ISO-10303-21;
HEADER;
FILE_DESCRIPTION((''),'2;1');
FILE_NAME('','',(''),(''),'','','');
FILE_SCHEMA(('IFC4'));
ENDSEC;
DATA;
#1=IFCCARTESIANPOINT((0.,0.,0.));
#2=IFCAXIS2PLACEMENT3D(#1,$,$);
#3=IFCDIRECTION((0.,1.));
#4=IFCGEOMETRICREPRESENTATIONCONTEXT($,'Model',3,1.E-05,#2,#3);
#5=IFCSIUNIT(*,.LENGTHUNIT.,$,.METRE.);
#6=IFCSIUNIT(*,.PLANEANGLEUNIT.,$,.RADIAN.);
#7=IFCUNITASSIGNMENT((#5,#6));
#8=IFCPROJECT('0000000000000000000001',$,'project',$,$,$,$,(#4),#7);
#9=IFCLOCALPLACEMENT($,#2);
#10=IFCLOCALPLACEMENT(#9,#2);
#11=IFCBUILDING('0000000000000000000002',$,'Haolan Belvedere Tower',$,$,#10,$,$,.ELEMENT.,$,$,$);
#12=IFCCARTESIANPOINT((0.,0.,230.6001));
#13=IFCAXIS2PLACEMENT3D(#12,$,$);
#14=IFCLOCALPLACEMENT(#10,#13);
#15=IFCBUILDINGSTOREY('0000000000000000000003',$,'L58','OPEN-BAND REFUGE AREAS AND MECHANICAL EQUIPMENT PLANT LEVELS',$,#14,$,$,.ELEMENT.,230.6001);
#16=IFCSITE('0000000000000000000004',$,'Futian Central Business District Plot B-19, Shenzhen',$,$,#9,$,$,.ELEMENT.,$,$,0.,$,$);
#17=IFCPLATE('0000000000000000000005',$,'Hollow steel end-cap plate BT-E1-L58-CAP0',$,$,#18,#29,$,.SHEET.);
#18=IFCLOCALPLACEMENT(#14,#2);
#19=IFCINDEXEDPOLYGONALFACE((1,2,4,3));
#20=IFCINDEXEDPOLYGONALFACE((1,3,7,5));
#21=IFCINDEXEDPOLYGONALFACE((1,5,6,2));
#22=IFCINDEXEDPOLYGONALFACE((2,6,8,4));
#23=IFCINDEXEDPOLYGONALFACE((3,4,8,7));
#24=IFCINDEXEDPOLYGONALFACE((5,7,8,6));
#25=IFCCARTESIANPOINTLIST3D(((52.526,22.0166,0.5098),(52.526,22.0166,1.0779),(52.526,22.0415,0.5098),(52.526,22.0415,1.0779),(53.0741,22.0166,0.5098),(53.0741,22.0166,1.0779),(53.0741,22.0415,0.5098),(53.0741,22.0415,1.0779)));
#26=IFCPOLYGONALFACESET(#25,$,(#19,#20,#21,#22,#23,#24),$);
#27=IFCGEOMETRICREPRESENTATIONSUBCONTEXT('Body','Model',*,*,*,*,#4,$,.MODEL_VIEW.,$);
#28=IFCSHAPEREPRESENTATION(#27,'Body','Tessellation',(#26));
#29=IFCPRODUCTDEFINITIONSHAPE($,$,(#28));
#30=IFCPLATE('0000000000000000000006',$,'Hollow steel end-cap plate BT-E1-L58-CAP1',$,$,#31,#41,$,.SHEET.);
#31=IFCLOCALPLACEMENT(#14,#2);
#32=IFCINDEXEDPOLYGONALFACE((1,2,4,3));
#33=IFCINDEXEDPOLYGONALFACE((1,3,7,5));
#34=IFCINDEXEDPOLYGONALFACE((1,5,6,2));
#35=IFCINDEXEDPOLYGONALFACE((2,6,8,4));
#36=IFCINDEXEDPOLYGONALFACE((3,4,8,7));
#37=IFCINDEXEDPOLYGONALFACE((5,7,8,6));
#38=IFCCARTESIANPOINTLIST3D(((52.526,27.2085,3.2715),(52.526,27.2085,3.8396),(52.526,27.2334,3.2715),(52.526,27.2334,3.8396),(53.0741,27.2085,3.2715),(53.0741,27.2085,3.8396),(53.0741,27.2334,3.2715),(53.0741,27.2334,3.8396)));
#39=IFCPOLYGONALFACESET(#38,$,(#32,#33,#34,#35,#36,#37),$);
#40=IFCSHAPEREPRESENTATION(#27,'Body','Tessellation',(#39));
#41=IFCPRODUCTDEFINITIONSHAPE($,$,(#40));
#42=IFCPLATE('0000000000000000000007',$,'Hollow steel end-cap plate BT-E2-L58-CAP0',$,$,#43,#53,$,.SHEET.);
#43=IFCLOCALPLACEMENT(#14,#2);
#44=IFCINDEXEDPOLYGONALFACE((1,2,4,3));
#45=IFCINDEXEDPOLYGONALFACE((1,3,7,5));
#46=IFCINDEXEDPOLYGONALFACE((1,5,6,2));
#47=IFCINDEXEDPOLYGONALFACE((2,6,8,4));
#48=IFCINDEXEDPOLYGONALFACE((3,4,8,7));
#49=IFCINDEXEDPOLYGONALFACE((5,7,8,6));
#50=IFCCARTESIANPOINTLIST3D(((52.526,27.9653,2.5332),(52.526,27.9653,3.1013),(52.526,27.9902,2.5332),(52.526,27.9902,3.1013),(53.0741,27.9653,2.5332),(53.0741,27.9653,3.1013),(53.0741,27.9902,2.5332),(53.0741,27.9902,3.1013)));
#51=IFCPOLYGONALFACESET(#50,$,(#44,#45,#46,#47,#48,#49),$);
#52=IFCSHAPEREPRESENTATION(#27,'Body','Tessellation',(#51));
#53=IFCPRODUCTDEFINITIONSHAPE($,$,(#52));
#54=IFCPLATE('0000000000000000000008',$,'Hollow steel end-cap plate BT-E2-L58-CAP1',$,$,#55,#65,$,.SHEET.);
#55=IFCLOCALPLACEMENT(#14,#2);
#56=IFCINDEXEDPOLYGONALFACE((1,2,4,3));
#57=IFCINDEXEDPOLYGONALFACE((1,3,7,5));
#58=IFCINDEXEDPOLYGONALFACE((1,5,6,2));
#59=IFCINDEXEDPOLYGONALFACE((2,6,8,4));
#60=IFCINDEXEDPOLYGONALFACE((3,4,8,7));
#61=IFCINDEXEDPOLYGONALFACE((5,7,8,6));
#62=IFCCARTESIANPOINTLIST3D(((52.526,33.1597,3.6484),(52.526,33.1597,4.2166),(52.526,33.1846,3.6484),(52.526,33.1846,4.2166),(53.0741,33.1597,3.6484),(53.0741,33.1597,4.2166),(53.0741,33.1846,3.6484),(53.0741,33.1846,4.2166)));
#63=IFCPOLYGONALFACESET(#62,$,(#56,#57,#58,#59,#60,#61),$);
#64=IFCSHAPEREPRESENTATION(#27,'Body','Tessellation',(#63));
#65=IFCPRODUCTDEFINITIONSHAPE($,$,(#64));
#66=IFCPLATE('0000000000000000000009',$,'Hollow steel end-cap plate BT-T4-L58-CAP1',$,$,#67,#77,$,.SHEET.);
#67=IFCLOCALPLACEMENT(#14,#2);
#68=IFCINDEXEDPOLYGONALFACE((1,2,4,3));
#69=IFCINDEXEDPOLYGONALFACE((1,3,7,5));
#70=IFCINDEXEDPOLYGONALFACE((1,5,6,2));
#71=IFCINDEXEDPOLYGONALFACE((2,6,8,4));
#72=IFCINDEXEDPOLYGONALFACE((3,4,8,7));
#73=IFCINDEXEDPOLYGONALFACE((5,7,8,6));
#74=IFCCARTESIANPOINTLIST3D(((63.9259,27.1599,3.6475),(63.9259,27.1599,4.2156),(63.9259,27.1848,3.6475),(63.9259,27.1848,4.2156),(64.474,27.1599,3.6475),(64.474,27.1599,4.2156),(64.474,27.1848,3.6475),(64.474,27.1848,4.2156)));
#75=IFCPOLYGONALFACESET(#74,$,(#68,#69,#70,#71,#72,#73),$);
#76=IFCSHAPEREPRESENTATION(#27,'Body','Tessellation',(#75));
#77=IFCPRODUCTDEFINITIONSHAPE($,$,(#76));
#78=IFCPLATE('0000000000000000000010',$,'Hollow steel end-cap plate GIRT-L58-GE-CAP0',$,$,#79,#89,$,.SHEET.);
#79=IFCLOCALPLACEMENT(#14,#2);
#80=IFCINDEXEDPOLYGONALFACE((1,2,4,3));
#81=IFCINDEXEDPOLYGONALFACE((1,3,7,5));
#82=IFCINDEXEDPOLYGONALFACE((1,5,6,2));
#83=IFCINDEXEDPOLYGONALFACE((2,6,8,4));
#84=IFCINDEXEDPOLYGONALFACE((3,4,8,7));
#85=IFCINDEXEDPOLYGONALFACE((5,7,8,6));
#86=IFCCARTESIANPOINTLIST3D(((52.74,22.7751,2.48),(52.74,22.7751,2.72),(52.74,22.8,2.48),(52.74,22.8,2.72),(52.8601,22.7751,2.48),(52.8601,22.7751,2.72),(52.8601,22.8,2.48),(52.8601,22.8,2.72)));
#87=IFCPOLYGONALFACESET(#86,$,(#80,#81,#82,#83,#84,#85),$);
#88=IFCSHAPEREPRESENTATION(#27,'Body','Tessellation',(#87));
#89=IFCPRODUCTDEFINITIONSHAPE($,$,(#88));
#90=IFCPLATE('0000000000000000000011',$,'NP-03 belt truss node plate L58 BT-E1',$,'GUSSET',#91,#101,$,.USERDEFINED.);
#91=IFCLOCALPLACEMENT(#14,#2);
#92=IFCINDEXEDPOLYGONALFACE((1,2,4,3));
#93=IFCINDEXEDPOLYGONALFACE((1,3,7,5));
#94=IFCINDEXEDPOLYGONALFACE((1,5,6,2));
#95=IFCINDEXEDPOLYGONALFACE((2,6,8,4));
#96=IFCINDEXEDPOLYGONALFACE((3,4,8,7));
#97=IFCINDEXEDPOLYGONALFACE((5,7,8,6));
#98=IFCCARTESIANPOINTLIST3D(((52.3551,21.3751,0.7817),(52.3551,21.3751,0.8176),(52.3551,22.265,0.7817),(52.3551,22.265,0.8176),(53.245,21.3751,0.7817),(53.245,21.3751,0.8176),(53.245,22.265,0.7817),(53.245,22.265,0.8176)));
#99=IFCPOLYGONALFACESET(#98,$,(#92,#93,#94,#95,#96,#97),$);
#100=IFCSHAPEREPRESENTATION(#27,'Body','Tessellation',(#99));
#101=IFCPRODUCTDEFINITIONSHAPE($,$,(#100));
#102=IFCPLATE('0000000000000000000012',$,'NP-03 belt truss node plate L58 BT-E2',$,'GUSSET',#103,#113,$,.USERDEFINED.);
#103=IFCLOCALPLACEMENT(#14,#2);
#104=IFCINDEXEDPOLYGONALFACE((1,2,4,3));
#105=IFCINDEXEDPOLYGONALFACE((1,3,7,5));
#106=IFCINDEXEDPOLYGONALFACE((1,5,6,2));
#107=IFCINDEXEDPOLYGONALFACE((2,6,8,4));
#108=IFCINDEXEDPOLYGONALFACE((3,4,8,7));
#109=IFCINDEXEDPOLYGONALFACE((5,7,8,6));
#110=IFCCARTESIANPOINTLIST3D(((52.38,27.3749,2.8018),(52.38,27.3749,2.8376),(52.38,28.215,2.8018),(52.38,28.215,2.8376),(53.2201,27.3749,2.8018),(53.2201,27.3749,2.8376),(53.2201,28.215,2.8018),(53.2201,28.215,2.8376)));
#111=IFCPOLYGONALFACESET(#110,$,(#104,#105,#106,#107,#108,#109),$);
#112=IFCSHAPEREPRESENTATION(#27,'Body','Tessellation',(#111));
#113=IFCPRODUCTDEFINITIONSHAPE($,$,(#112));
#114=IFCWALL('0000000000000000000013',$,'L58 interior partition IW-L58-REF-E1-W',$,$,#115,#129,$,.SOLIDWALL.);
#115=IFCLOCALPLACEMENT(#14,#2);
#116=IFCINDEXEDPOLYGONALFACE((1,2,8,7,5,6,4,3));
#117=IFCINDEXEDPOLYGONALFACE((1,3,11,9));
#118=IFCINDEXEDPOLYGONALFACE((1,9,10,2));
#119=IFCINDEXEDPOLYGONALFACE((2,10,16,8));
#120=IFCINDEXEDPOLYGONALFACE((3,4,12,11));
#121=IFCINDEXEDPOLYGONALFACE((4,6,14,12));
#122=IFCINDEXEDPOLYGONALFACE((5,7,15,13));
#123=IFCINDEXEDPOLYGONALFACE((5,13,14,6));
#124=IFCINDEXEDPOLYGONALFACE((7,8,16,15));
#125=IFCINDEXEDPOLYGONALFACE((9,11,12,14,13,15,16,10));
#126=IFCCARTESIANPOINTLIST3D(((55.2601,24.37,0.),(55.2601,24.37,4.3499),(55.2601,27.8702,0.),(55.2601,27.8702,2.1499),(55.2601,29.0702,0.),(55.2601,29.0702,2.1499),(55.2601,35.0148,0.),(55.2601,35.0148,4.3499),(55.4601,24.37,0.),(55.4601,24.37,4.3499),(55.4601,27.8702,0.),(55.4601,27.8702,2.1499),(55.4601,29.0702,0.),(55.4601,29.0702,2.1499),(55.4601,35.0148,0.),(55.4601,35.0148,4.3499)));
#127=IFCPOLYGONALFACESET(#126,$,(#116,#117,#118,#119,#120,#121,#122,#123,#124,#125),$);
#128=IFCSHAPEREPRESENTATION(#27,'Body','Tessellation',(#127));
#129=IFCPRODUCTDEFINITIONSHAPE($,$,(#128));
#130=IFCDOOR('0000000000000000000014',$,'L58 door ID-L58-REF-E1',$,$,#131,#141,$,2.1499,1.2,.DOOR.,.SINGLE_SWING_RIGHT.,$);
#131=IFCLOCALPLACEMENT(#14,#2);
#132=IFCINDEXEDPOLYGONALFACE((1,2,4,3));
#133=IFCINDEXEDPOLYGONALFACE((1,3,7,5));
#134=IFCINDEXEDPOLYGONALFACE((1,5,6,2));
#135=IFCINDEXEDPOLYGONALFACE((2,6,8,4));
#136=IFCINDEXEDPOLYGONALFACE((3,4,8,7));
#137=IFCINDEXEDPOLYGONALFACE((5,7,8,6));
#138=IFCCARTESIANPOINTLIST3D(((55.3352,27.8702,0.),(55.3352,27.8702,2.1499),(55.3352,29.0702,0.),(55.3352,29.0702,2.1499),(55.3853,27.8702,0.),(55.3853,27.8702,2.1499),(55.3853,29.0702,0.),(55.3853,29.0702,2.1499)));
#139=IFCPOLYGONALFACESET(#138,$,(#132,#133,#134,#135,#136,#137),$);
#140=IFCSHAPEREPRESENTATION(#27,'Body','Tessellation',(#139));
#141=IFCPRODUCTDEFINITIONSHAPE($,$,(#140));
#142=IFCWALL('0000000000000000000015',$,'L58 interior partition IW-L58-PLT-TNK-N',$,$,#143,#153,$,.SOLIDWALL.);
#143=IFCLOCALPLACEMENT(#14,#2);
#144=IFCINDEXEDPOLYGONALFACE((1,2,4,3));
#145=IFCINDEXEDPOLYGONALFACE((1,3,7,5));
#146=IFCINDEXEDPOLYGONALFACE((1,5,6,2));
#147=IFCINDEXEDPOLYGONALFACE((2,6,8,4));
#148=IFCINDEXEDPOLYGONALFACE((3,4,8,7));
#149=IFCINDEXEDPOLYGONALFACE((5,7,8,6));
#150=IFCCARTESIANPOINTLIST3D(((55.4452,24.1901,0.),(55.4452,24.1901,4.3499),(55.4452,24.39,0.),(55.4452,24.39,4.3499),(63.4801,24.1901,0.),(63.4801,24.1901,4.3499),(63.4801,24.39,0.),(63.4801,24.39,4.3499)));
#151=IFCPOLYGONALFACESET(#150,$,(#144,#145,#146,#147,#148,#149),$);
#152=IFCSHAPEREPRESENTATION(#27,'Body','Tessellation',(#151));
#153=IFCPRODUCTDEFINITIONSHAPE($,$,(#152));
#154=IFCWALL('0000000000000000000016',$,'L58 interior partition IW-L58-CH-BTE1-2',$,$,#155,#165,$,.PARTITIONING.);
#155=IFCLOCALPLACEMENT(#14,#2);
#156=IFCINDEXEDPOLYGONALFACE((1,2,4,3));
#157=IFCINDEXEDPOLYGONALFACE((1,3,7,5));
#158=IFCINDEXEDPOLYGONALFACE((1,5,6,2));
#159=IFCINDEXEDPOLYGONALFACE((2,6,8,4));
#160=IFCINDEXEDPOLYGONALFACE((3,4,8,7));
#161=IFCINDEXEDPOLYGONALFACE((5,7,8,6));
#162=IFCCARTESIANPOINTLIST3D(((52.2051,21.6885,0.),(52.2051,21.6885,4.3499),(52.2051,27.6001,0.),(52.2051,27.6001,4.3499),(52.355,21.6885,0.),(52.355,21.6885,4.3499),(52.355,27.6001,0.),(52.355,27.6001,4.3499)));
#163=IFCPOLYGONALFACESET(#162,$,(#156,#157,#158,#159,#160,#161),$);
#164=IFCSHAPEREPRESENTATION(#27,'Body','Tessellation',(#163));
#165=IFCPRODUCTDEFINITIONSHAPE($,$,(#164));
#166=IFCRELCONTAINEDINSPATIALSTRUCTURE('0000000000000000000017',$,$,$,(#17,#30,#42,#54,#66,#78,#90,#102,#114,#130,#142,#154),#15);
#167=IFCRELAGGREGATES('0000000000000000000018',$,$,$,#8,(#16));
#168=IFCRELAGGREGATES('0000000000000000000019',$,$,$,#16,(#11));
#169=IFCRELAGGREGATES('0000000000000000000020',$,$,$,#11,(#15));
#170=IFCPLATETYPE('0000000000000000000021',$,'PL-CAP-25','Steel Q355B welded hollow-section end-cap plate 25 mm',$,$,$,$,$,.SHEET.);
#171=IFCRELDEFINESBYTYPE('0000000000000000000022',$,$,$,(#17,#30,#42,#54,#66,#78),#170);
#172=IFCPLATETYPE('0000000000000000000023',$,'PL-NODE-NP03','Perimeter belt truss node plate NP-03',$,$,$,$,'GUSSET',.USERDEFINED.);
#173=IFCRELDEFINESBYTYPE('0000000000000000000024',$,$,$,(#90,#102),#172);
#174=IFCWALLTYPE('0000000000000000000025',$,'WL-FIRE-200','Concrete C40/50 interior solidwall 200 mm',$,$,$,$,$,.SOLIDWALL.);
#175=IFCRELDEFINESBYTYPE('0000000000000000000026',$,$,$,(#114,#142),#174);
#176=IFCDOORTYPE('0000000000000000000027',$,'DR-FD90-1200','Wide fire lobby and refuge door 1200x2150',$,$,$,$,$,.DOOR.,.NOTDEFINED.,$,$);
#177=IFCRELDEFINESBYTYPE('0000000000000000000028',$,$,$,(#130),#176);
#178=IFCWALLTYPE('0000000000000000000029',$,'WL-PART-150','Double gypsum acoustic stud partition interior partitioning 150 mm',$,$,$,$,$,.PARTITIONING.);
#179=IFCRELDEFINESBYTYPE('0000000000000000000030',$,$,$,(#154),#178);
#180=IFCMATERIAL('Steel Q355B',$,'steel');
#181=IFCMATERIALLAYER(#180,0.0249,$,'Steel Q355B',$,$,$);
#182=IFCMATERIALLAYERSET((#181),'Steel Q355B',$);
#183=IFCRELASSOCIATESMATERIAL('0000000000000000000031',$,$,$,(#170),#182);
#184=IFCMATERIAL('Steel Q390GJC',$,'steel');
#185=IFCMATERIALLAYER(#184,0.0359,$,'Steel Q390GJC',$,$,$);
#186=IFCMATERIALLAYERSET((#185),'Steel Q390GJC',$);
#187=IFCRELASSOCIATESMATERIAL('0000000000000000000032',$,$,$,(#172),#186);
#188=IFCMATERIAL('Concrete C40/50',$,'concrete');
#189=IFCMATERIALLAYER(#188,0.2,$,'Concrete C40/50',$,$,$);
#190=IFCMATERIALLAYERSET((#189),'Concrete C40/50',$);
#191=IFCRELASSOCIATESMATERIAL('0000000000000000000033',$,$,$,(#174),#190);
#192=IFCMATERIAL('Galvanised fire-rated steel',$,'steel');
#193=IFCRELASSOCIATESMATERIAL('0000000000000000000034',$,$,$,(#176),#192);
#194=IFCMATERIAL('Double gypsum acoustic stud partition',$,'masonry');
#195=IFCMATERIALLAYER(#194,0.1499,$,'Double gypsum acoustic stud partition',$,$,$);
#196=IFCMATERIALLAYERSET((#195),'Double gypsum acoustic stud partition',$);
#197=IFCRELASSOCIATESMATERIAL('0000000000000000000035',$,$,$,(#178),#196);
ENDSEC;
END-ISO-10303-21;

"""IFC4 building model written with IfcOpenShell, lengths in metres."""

from ifc_helpers import new_model, si_unit, direction, frame, frame_2d, origin, origin_2d, place, context, subcontext, project, spatial, rectangle, extrude, material, layer, layer_set, type_object, element, fill, save


model = new_model("IFC4")

# Units and contexts
model_context = context("Model", 3, precision=1e-05, world=origin(), true_north=direction((0.0, 1.0)))
body_context = subcontext(model_context, "Body", "Model", "MODEL_VIEW")
ifc_project = project(units=[si_unit("LENGTHUNIT", "METRE"), si_unit("PLANEANGLEUNIT", "RADIAN")], contexts=[model_context])

# Site, building, storey
site_placement = place(None, origin())
site = spatial("IfcSite", under=ifc_project, at=site_placement, Name="Futian Central Business District Plot B-19, Shenzhen", CompositionType="ELEMENT", RefElevation=0.0)
building_placement = place(site_placement, origin())
building = spatial("IfcBuilding", under=site, at=building_placement, Name="Haolan Belvedere Tower", CompositionType="ELEMENT")
storey_placement = place(building_placement, frame((0.0, 0.0, 230.6001)))
storey = spatial("IfcBuildingStorey", under=building, at=storey_placement, Name="L58", Description="OPEN-BAND REFUGE AREAS AND MECHANICAL EQUIPMENT PLANT LEVELS", CompositionType="ELEMENT", Elevation=230.6001)

# Shared definitions
ifc_material_1 = material(Name="Steel Q390GJC", Category="steel")

# Shared definitions
ifc_material_2 = material(Name="Steel Q355B", Category="steel")

# Plates
ifc_layer_1 = layer(ifc_material_2, 0.0249, Name="Steel Q355B")
ifc_layer_set_1 = layer_set([ifc_layer_1], Name="Steel Q355B")
plate_type_1 = type_object("IfcPlateType", Name="PL-CAP-25", Description="Steel Q355B welded hollow-section end-cap plate 25 mm", PredefinedType="SHEET", material=ifc_layer_set_1)
for number, where, z_axis, x_axis, name in (
    (1, (52.8, 22.0291, 0.5098), (0.0, 0.0, 1.0), (1.0, 0.0, 0.0), "Hollow steel end-cap plate BT-E1-L58-CAP0"),
    (2, (52.8, 27.2209, 3.2715), (0.0, 0.0, 1.0), (-1.0, 0.0, 0.0), "Hollow steel end-cap plate BT-E1-L58-CAP1"),
    (3, (52.8, 27.9778, 2.5332), (0.0, 0.0, 1.0), (1.0, 0.0, 0.0), "Hollow steel end-cap plate BT-E2-L58-CAP0"),
    (4, (52.8, 33.1721, 3.6484), (0.0, 0.0, 1.0), (-1.0, 0.0, 0.0), "Hollow steel end-cap plate BT-E2-L58-CAP1"),
    (5, (64.2, 27.1724, 3.6475), (0.0, 0.0, 1.0), (-1.0, 0.0, 0.0), "Hollow steel end-cap plate BT-T4-L58-CAP1"),
):
    element("IfcPlate", number, at=place(storey_placement, frame(where, z_axis=z_axis, x_axis=x_axis)), inside=storey, type_object=plate_type_1, Name=name, PredefinedType="SHEET", context=body_context, shape_type="SweptSolid", body=[
        extrude(rectangle(XDim=0.5481, YDim=0.0249, at=origin_2d()), origin(), (0.0, 0.0, 1.0), 0.5681),
    ])
plate_1_placement = place(storey_placement, frame((52.8, 22.7876, 2.48), z_axis=(0.0, 0.0, 1.0), x_axis=(1.0, 0.0, 0.0)))
element("IfcPlate", 6, at=plate_1_placement, inside=storey, type_object=plate_type_1, Name="Hollow steel end-cap plate GIRT-L58-GE-CAP0", PredefinedType="SHEET", context=body_context, shape_type="SweptSolid", body=[
    extrude(rectangle(XDim=0.1201, YDim=0.0249, at=origin_2d()), origin(), (0.0, 0.0, 1.0), 0.24),
])
ifc_layer_2 = layer(ifc_material_1, 0.0359, Name="Steel Q390GJC")
ifc_layer_set_2 = layer_set([ifc_layer_2], Name="Steel Q390GJC")
plate_type_2 = type_object("IfcPlateType", Name="PL-NODE-NP03", Description="Perimeter belt truss node plate NP-03", ElementType="GUSSET", PredefinedType="USERDEFINED", material=ifc_layer_set_2)
plate_2_placement = place(storey_placement, frame((52.8, 21.8201, 0.7817), z_axis=(0.0, 0.0, 1.0), x_axis=(1.0, 0.0, 0.0)))
element("IfcPlate", 7, at=plate_2_placement, inside=storey, type_object=plate_type_2, Name="NP-03 belt truss node plate L58 BT-E1", ObjectType="GUSSET", PredefinedType="USERDEFINED", context=body_context, shape_type="SweptSolid", body=[
    extrude(rectangle(XDim=0.8899, YDim=0.8899, at=origin_2d()), origin(), (0.0, 0.0, 1.0), 0.0359),
])
plate_3_placement = place(storey_placement, frame((52.8, 27.7949, 2.8018), z_axis=(0.0, 0.0, 1.0), x_axis=(1.0, 0.0, 0.0)))
element("IfcPlate", 8, at=plate_3_placement, inside=storey, type_object=plate_type_2, Name="NP-03 belt truss node plate L58 BT-E2", ObjectType="GUSSET", PredefinedType="USERDEFINED", context=body_context, shape_type="SweptSolid", body=[
    extrude(rectangle(XDim=0.8401, YDim=0.8401, at=origin_2d()), origin(), (0.0, 0.0, 1.0), 0.0359),
])

# Wall, opening, door
ifc_material_3 = material(Name="Concrete C40/50", Category="concrete")
ifc_layer_3 = layer(ifc_material_3, 0.2, Name="Concrete C40/50")
ifc_layer_set_3 = layer_set([ifc_layer_3], Name="Concrete C40/50")
wall_type_1 = type_object("IfcWallType", Name="WL-FIRE-200", Description="Concrete C40/50 interior solidwall 200 mm", PredefinedType="SOLIDWALL", material=ifc_layer_set_3)
wall_1_placement = place(storey_placement, frame((55.3601, 24.3701, 0.0), z_axis=(0.0, 0.0, 1.0), x_axis=(0.0, 1.0, 0.0)))
wall_1 = element("IfcWall", 9, at=wall_1_placement, inside=storey, type_object=wall_type_1, Name="L58 interior partition IW-L58-REF-E1-W", PredefinedType="SOLIDWALL", context=body_context, shape_type="SweptSolid", body=[
    extrude(rectangle(XDim=10.6448, YDim=0.2, at=frame_2d((5.3223, 0.0))), origin(), (0.0, 0.0, 1.0), 4.3499),
])
opening_placement = place(wall_1_placement, frame((3.5, 0.0, 0.0)))
opening = element("IfcOpeningElement", 10, at=opening_placement, cuts=wall_1, PredefinedType="OPENING", context=body_context, shape_type="SweptSolid", body=[
    extrude(rectangle(XDim=1.2, YDim=2.1499, at=frame_2d((0.6001, 1.075))), frame((0.0, 0.1099, 0.0), z_axis=(0.0, -1.0, 0.0), x_axis=(1.0, 0.0, 0.0)), (0.0, 0.0, 1.0), 0.22),
])
ifc_material_4 = material(Name="Galvanised fire-rated steel", Category="steel")
door_type = type_object("IfcDoorType", Name="DR-FD90-1200", Description="Wide fire lobby and refuge door 1200x2150", OperationType="NOTDEFINED", PredefinedType="DOOR", material=ifc_material_4)
door_placement = place(opening_placement, origin())
door = element("IfcDoor", 11, at=door_placement, inside=storey, type_object=door_type, Name="L58 door ID-L58-REF-E1", OperationType="SINGLE_SWING_RIGHT", OverallHeight=2.1499, OverallWidth=1.2, PredefinedType="DOOR", context=body_context, shape_type="SweptSolid", body=[
    extrude(rectangle(XDim=1.2, YDim=2.1499, at=frame_2d((0.6001, 1.075))), frame((0.0, 0.0249, 0.0), z_axis=(0.0, -1.0, 0.0), x_axis=(1.0, 0.0, 0.0)), (0.0, 0.0, 1.0), 0.05),
])
fill(opening, door)

# Walls
wall_2_placement = place(storey_placement, frame((55.4451, 24.29, 0.0), z_axis=(0.0, 0.0, 1.0), x_axis=(1.0, 0.0, 0.0)))
element("IfcWall", 12, at=wall_2_placement, inside=storey, type_object=wall_type_1, Name="L58 interior partition IW-L58-PLT-TNK-N", PredefinedType="SOLIDWALL", context=body_context, shape_type="SweptSolid", body=[
    extrude(rectangle(XDim=8.0349, YDim=0.2, at=frame_2d((4.0176, 0.0))), origin(), (0.0, 0.0, 1.0), 4.3499),
])
ifc_material_5 = material(Name="Double gypsum acoustic stud partition", Category="masonry")
ifc_layer_4 = layer(ifc_material_5, 0.1499, Name="Double gypsum acoustic stud partition")
ifc_layer_set_4 = layer_set([ifc_layer_4], Name="Double gypsum acoustic stud partition")
wall_type_2 = type_object("IfcWallType", Name="WL-PART-150", Description="Double gypsum acoustic stud partition interior partitioning 150 mm", PredefinedType="PARTITIONING", material=ifc_layer_set_4)
wall_3_placement = place(storey_placement, frame((52.28, 21.6885, 0.0), z_axis=(0.0, 0.0, 1.0), x_axis=(0.0, 1.0, 0.0)))
element("IfcWall", 13, at=wall_3_placement, inside=storey, type_object=wall_type_2, Name="L58 interior partition IW-L58-CH-BTE1-2", PredefinedType="PARTITIONING", context=body_context, shape_type="SweptSolid", body=[
    extrude(rectangle(XDim=5.9116, YDim=0.1499, at=frame_2d((2.9558, 0.0))), origin(), (0.0, 0.0, 1.0), 4.3499),
])

save(model, "model.ifc")
